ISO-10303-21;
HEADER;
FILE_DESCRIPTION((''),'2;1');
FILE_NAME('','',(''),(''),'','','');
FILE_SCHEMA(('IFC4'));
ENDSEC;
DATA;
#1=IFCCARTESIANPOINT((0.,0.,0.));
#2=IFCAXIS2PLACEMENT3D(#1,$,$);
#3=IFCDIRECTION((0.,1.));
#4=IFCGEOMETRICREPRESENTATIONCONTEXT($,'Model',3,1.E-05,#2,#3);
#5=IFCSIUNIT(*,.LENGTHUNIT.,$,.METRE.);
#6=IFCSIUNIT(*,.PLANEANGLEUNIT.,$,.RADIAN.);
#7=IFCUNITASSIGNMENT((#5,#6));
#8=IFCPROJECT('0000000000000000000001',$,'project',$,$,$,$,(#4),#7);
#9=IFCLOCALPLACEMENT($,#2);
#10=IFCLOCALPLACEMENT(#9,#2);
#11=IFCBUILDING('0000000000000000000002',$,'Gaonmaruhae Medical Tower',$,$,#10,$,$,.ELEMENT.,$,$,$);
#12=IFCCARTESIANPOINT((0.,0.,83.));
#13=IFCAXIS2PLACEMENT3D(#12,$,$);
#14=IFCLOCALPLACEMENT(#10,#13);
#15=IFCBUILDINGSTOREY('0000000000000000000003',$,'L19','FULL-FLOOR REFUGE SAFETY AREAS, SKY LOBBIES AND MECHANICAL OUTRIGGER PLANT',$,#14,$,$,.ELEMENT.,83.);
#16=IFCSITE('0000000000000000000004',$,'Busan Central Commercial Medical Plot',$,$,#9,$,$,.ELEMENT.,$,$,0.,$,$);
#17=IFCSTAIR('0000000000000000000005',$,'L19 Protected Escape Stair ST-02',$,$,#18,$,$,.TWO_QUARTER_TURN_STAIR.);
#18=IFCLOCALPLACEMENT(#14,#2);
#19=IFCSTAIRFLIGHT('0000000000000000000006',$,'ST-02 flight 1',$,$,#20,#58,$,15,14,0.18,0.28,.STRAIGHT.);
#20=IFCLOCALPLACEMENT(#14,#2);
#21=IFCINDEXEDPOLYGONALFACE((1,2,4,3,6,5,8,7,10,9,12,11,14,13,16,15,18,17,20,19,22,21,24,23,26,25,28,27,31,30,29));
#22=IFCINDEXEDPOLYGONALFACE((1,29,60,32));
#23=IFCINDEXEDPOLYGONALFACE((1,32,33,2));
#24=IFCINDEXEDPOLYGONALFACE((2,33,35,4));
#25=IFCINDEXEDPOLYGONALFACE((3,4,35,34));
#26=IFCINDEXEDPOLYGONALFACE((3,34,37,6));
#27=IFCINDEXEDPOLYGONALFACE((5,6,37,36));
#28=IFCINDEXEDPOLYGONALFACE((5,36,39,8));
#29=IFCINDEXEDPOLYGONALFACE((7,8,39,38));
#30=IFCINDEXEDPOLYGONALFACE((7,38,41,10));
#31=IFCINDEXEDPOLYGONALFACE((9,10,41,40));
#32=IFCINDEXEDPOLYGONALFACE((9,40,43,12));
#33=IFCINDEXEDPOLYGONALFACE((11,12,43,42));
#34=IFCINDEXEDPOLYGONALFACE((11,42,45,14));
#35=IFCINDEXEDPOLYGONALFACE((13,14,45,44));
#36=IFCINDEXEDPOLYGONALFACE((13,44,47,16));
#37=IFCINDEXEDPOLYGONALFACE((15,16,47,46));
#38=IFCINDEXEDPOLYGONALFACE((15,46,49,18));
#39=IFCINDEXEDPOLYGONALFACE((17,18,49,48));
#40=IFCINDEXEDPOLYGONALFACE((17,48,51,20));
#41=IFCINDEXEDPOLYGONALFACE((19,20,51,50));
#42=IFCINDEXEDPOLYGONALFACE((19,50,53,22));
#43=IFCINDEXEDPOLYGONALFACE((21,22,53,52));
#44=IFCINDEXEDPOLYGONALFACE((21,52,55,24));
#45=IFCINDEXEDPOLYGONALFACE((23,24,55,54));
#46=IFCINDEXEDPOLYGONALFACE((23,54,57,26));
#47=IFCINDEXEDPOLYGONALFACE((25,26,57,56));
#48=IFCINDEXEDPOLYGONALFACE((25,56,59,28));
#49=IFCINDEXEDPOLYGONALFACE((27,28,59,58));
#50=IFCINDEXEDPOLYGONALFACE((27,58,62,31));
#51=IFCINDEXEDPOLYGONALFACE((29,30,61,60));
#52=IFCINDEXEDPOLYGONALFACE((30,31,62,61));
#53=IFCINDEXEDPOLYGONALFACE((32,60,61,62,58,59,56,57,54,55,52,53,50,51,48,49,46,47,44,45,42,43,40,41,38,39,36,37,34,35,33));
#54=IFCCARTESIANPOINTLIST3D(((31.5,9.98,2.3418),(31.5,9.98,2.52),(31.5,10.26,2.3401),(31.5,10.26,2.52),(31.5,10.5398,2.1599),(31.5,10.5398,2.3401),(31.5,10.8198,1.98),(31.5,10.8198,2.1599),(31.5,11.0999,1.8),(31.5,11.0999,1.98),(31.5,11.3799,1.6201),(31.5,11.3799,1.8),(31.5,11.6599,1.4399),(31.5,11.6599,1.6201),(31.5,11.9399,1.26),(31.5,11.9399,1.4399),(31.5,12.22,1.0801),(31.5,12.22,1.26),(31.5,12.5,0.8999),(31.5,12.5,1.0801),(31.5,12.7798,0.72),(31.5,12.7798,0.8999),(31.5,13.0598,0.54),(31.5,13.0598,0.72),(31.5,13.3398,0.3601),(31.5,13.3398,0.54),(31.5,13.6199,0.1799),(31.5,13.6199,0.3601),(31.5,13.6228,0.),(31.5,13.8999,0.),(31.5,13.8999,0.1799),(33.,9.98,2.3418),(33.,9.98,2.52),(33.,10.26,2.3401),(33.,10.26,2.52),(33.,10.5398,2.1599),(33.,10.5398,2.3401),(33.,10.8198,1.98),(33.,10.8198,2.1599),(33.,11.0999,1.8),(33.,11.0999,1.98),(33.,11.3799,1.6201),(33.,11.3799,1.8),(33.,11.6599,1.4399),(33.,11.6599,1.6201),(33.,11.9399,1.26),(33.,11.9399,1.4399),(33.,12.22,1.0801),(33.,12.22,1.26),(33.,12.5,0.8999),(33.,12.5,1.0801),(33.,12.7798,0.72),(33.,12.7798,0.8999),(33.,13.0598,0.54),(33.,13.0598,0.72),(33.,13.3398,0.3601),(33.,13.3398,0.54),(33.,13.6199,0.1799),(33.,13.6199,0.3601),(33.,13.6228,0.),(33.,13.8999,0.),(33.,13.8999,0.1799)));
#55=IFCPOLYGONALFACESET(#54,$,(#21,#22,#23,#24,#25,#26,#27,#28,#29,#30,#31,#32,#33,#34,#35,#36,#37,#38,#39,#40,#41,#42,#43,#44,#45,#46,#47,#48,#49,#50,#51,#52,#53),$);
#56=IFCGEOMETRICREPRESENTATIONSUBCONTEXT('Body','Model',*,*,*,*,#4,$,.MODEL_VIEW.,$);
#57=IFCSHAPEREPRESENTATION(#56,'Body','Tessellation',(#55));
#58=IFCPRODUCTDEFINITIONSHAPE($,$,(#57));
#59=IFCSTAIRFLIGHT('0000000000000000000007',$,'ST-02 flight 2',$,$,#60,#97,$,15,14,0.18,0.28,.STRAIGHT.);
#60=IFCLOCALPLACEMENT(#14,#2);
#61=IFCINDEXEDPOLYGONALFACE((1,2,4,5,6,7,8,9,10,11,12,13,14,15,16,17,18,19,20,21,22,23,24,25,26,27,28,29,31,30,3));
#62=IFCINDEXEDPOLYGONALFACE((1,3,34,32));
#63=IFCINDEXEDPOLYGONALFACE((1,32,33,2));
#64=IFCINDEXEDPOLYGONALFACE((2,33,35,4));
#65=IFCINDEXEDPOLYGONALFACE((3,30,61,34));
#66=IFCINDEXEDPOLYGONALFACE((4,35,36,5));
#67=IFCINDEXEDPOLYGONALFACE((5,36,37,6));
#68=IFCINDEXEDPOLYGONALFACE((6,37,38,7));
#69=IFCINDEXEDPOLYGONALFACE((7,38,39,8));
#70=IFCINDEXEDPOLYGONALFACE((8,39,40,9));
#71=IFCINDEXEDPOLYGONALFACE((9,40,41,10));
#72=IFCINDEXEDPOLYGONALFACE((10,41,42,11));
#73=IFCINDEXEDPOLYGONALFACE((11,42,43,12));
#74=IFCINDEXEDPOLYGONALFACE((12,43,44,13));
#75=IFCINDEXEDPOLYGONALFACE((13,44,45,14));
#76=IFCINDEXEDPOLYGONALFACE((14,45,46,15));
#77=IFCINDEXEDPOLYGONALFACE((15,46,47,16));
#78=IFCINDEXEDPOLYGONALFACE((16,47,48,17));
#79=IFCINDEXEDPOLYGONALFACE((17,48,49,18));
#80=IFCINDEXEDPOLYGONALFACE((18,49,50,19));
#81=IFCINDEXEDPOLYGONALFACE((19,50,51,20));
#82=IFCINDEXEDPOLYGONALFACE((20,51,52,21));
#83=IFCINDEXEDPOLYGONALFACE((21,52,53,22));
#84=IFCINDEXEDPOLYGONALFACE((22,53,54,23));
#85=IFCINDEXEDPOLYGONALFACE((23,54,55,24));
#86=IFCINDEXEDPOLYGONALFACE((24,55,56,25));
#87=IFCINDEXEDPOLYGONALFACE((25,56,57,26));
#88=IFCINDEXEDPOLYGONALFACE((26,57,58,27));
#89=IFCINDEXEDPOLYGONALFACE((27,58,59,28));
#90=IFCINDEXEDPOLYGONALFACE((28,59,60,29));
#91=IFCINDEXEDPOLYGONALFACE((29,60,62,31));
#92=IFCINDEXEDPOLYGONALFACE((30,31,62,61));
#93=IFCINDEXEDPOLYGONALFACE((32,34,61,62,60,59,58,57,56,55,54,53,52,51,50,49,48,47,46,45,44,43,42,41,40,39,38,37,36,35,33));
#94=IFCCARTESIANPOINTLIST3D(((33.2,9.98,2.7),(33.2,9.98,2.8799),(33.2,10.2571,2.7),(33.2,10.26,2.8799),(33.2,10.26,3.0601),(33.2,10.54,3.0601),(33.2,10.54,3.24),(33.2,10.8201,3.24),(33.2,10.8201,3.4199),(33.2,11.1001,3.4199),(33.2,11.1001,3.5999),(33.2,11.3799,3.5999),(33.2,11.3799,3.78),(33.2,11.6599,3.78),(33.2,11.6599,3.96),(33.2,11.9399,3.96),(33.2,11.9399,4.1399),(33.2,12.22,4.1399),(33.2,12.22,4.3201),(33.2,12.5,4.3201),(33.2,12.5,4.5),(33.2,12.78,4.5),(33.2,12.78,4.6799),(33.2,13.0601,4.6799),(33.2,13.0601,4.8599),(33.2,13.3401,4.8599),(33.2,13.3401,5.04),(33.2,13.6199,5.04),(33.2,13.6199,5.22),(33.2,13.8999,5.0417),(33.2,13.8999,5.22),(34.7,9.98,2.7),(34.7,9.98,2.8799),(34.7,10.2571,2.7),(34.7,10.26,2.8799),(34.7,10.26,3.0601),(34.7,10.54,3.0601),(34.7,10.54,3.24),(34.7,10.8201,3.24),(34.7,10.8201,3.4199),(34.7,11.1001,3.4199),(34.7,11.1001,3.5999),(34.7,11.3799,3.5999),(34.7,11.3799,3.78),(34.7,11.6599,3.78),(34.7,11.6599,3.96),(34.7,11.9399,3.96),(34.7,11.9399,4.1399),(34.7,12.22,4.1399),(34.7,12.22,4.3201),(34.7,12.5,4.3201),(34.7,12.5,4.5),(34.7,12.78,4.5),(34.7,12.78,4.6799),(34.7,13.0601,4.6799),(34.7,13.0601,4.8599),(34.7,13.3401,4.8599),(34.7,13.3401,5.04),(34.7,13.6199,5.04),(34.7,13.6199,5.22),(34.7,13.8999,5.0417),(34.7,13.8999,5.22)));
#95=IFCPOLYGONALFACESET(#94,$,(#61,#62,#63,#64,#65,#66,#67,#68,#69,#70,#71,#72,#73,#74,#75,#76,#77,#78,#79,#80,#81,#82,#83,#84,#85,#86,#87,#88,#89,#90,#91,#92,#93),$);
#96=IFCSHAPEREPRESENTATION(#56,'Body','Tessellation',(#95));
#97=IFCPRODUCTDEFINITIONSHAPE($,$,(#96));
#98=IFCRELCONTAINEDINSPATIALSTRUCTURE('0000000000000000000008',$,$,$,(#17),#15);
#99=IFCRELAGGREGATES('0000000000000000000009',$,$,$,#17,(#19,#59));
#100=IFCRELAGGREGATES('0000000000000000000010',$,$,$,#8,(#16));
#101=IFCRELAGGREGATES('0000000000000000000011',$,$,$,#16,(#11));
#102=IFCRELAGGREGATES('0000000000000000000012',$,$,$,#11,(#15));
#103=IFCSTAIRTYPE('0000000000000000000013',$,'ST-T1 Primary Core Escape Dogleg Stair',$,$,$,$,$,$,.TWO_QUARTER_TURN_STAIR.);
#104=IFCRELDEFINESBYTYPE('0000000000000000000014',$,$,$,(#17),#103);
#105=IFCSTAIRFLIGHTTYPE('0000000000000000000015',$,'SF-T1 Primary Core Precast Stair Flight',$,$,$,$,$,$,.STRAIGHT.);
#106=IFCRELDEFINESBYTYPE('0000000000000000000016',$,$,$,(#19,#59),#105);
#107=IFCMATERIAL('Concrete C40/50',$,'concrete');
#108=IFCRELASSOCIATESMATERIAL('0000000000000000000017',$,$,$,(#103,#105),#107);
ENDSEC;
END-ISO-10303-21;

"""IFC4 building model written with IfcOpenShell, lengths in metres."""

from ifc_helpers import new_model, si_unit, direction, frame, origin, place, context, subcontext, project, spatial, polyline, outline, extrude, material, type_object, element, aggregate, save


model = new_model("IFC4")

# Units and contexts
model_context = context("Model", 3, precision=1e-05, world=origin(), true_north=direction((0.0, 1.0)))
body_context = subcontext(model_context, "Body", "Model", "MODEL_VIEW")
ifc_project = project(units=[si_unit("LENGTHUNIT", "METRE"), si_unit("PLANEANGLEUNIT", "RADIAN")], contexts=[model_context])

# Site, building, storey
site_placement = place(None, origin())
site = spatial("IfcSite", under=ifc_project, at=site_placement, Name="Busan Central Commercial Medical Plot", CompositionType="ELEMENT", RefElevation=0.0)
building_placement = place(site_placement, origin())
building = spatial("IfcBuilding", under=site, at=building_placement, Name="Gaonmaruhae Medical Tower", CompositionType="ELEMENT")
storey_placement = place(building_placement, frame((0.0, 0.0, 83.0)))
storey = spatial("IfcBuildingStorey", under=building, at=storey_placement, Name="L19", Description="FULL-FLOOR REFUGE SAFETY AREAS, SKY LOBBIES AND MECHANICAL OUTRIGGER PLANT", CompositionType="ELEMENT", Elevation=83.0)

# Stair, stair flights
ifc_material_1 = material(Name="Concrete C40/50", Category="concrete")
stair_type = type_object("IfcStairType", Name="ST-T1 Primary Core Escape Dogleg Stair", PredefinedType="TWO_QUARTER_TURN_STAIR", material=ifc_material_1)
stair_placement = place(storey_placement, origin())
stair = element("IfcStair", 1, at=stair_placement, inside=storey, type_object=stair_type, Name="L19 Protected Escape Stair ST-02", PredefinedType="TWO_QUARTER_TURN_STAIR")
stair_flight_type = type_object("IfcStairFlightType", Name="SF-T1 Primary Core Precast Stair Flight", PredefinedType="STRAIGHT", material=ifc_material_1)
stair_flight_1_placement = place(storey_placement, frame((32.25, 13.8999, 0.0), z_axis=(0.0, 0.0, 1.0), x_axis=(0.0, -1.0, 0.0)))
stair_flight_1 = element("IfcStairFlight", 2, at=stair_flight_1_placement, type_object=stair_flight_type, Name="ST-02 flight 1", NumberOfRisers=15, NumberOfTreads=14, PredefinedType="STRAIGHT", RiserHeight=0.18, TreadLength=0.28, context=body_context, shape_type="SweptSolid", body=[
    extrude(outline(polyline([(0.0, 0.0), (0.0, 0.1799), (0.28, 0.1799), (0.28, 0.3601), (0.5601, 0.3601), (0.5601, 0.54), (0.8401, 0.54), (0.8401, 0.72), (1.1201, 0.72), (1.1201, 0.8999), (1.3999, 0.8999), (1.3999, 1.0801), (1.6799, 1.0801), (1.6799, 1.26), (1.96, 1.26), (1.96, 1.4399), (2.24, 1.4399), (2.24, 1.6201), (2.52, 1.6201), (2.52, 1.8), (2.8, 1.8), (2.8, 1.98), (3.0801, 1.98), (3.0801, 2.1599), (3.3601, 2.1599), (3.3601, 2.3401), (3.6399, 2.3401), (3.6399, 2.52), (3.9199, 2.52), (3.9199, 2.7), (3.9199, 2.3418), (0.2771, 0.0), (0.0, 0.0)])), frame((0.0, 0.75, 0.0), z_axis=(0.0, -1.0, 0.0), x_axis=(1.0, 0.0, 0.0)), (0.0, 0.0, 1.0), 1.5),
])
stair_flight_2_placement = place(storey_placement, frame((33.95, 9.98, 2.7), z_axis=(0.0, 0.0, 1.0), x_axis=(0.0, 1.0, 0.0)))
stair_flight_2 = element("IfcStairFlight", 3, at=stair_flight_2_placement, type_object=stair_flight_type, Name="ST-02 flight 2", NumberOfRisers=15, NumberOfTreads=14, PredefinedType="STRAIGHT", RiserHeight=0.18, TreadLength=0.28, context=body_context, shape_type="SweptSolid", body=[
    extrude(outline(polyline([(0.0, 0.0), (0.0, 0.1799), (0.28, 0.1799), (0.28, 0.3601), (0.5601, 0.3601), (0.5601, 0.54), (0.8401, 0.54), (0.8401, 0.72), (1.1201, 0.72), (1.1201, 0.8999), (1.3999, 0.8999), (1.3999, 1.0801), (1.6799, 1.0801), (1.6799, 1.26), (1.96, 1.26), (1.96, 1.4399), (2.24, 1.4399), (2.24, 1.6201), (2.52, 1.6201), (2.52, 1.8), (2.8, 1.8), (2.8, 1.98), (3.0801, 1.98), (3.0801, 2.1599), (3.3601, 2.1599), (3.3601, 2.3401), (3.6399, 2.3401), (3.6399, 2.52), (3.9199, 2.52), (3.9199, 2.7), (3.9199, 2.3418), (0.2771, 0.0), (0.0, 0.0)])), frame((0.0, 0.75, 0.0), z_axis=(0.0, -1.0, 0.0), x_axis=(1.0, 0.0, 0.0)), (0.0, 0.0, 1.0), 1.5),
])
aggregate(stair, [stair_flight_1, stair_flight_2])

save(model, "model.ifc")
